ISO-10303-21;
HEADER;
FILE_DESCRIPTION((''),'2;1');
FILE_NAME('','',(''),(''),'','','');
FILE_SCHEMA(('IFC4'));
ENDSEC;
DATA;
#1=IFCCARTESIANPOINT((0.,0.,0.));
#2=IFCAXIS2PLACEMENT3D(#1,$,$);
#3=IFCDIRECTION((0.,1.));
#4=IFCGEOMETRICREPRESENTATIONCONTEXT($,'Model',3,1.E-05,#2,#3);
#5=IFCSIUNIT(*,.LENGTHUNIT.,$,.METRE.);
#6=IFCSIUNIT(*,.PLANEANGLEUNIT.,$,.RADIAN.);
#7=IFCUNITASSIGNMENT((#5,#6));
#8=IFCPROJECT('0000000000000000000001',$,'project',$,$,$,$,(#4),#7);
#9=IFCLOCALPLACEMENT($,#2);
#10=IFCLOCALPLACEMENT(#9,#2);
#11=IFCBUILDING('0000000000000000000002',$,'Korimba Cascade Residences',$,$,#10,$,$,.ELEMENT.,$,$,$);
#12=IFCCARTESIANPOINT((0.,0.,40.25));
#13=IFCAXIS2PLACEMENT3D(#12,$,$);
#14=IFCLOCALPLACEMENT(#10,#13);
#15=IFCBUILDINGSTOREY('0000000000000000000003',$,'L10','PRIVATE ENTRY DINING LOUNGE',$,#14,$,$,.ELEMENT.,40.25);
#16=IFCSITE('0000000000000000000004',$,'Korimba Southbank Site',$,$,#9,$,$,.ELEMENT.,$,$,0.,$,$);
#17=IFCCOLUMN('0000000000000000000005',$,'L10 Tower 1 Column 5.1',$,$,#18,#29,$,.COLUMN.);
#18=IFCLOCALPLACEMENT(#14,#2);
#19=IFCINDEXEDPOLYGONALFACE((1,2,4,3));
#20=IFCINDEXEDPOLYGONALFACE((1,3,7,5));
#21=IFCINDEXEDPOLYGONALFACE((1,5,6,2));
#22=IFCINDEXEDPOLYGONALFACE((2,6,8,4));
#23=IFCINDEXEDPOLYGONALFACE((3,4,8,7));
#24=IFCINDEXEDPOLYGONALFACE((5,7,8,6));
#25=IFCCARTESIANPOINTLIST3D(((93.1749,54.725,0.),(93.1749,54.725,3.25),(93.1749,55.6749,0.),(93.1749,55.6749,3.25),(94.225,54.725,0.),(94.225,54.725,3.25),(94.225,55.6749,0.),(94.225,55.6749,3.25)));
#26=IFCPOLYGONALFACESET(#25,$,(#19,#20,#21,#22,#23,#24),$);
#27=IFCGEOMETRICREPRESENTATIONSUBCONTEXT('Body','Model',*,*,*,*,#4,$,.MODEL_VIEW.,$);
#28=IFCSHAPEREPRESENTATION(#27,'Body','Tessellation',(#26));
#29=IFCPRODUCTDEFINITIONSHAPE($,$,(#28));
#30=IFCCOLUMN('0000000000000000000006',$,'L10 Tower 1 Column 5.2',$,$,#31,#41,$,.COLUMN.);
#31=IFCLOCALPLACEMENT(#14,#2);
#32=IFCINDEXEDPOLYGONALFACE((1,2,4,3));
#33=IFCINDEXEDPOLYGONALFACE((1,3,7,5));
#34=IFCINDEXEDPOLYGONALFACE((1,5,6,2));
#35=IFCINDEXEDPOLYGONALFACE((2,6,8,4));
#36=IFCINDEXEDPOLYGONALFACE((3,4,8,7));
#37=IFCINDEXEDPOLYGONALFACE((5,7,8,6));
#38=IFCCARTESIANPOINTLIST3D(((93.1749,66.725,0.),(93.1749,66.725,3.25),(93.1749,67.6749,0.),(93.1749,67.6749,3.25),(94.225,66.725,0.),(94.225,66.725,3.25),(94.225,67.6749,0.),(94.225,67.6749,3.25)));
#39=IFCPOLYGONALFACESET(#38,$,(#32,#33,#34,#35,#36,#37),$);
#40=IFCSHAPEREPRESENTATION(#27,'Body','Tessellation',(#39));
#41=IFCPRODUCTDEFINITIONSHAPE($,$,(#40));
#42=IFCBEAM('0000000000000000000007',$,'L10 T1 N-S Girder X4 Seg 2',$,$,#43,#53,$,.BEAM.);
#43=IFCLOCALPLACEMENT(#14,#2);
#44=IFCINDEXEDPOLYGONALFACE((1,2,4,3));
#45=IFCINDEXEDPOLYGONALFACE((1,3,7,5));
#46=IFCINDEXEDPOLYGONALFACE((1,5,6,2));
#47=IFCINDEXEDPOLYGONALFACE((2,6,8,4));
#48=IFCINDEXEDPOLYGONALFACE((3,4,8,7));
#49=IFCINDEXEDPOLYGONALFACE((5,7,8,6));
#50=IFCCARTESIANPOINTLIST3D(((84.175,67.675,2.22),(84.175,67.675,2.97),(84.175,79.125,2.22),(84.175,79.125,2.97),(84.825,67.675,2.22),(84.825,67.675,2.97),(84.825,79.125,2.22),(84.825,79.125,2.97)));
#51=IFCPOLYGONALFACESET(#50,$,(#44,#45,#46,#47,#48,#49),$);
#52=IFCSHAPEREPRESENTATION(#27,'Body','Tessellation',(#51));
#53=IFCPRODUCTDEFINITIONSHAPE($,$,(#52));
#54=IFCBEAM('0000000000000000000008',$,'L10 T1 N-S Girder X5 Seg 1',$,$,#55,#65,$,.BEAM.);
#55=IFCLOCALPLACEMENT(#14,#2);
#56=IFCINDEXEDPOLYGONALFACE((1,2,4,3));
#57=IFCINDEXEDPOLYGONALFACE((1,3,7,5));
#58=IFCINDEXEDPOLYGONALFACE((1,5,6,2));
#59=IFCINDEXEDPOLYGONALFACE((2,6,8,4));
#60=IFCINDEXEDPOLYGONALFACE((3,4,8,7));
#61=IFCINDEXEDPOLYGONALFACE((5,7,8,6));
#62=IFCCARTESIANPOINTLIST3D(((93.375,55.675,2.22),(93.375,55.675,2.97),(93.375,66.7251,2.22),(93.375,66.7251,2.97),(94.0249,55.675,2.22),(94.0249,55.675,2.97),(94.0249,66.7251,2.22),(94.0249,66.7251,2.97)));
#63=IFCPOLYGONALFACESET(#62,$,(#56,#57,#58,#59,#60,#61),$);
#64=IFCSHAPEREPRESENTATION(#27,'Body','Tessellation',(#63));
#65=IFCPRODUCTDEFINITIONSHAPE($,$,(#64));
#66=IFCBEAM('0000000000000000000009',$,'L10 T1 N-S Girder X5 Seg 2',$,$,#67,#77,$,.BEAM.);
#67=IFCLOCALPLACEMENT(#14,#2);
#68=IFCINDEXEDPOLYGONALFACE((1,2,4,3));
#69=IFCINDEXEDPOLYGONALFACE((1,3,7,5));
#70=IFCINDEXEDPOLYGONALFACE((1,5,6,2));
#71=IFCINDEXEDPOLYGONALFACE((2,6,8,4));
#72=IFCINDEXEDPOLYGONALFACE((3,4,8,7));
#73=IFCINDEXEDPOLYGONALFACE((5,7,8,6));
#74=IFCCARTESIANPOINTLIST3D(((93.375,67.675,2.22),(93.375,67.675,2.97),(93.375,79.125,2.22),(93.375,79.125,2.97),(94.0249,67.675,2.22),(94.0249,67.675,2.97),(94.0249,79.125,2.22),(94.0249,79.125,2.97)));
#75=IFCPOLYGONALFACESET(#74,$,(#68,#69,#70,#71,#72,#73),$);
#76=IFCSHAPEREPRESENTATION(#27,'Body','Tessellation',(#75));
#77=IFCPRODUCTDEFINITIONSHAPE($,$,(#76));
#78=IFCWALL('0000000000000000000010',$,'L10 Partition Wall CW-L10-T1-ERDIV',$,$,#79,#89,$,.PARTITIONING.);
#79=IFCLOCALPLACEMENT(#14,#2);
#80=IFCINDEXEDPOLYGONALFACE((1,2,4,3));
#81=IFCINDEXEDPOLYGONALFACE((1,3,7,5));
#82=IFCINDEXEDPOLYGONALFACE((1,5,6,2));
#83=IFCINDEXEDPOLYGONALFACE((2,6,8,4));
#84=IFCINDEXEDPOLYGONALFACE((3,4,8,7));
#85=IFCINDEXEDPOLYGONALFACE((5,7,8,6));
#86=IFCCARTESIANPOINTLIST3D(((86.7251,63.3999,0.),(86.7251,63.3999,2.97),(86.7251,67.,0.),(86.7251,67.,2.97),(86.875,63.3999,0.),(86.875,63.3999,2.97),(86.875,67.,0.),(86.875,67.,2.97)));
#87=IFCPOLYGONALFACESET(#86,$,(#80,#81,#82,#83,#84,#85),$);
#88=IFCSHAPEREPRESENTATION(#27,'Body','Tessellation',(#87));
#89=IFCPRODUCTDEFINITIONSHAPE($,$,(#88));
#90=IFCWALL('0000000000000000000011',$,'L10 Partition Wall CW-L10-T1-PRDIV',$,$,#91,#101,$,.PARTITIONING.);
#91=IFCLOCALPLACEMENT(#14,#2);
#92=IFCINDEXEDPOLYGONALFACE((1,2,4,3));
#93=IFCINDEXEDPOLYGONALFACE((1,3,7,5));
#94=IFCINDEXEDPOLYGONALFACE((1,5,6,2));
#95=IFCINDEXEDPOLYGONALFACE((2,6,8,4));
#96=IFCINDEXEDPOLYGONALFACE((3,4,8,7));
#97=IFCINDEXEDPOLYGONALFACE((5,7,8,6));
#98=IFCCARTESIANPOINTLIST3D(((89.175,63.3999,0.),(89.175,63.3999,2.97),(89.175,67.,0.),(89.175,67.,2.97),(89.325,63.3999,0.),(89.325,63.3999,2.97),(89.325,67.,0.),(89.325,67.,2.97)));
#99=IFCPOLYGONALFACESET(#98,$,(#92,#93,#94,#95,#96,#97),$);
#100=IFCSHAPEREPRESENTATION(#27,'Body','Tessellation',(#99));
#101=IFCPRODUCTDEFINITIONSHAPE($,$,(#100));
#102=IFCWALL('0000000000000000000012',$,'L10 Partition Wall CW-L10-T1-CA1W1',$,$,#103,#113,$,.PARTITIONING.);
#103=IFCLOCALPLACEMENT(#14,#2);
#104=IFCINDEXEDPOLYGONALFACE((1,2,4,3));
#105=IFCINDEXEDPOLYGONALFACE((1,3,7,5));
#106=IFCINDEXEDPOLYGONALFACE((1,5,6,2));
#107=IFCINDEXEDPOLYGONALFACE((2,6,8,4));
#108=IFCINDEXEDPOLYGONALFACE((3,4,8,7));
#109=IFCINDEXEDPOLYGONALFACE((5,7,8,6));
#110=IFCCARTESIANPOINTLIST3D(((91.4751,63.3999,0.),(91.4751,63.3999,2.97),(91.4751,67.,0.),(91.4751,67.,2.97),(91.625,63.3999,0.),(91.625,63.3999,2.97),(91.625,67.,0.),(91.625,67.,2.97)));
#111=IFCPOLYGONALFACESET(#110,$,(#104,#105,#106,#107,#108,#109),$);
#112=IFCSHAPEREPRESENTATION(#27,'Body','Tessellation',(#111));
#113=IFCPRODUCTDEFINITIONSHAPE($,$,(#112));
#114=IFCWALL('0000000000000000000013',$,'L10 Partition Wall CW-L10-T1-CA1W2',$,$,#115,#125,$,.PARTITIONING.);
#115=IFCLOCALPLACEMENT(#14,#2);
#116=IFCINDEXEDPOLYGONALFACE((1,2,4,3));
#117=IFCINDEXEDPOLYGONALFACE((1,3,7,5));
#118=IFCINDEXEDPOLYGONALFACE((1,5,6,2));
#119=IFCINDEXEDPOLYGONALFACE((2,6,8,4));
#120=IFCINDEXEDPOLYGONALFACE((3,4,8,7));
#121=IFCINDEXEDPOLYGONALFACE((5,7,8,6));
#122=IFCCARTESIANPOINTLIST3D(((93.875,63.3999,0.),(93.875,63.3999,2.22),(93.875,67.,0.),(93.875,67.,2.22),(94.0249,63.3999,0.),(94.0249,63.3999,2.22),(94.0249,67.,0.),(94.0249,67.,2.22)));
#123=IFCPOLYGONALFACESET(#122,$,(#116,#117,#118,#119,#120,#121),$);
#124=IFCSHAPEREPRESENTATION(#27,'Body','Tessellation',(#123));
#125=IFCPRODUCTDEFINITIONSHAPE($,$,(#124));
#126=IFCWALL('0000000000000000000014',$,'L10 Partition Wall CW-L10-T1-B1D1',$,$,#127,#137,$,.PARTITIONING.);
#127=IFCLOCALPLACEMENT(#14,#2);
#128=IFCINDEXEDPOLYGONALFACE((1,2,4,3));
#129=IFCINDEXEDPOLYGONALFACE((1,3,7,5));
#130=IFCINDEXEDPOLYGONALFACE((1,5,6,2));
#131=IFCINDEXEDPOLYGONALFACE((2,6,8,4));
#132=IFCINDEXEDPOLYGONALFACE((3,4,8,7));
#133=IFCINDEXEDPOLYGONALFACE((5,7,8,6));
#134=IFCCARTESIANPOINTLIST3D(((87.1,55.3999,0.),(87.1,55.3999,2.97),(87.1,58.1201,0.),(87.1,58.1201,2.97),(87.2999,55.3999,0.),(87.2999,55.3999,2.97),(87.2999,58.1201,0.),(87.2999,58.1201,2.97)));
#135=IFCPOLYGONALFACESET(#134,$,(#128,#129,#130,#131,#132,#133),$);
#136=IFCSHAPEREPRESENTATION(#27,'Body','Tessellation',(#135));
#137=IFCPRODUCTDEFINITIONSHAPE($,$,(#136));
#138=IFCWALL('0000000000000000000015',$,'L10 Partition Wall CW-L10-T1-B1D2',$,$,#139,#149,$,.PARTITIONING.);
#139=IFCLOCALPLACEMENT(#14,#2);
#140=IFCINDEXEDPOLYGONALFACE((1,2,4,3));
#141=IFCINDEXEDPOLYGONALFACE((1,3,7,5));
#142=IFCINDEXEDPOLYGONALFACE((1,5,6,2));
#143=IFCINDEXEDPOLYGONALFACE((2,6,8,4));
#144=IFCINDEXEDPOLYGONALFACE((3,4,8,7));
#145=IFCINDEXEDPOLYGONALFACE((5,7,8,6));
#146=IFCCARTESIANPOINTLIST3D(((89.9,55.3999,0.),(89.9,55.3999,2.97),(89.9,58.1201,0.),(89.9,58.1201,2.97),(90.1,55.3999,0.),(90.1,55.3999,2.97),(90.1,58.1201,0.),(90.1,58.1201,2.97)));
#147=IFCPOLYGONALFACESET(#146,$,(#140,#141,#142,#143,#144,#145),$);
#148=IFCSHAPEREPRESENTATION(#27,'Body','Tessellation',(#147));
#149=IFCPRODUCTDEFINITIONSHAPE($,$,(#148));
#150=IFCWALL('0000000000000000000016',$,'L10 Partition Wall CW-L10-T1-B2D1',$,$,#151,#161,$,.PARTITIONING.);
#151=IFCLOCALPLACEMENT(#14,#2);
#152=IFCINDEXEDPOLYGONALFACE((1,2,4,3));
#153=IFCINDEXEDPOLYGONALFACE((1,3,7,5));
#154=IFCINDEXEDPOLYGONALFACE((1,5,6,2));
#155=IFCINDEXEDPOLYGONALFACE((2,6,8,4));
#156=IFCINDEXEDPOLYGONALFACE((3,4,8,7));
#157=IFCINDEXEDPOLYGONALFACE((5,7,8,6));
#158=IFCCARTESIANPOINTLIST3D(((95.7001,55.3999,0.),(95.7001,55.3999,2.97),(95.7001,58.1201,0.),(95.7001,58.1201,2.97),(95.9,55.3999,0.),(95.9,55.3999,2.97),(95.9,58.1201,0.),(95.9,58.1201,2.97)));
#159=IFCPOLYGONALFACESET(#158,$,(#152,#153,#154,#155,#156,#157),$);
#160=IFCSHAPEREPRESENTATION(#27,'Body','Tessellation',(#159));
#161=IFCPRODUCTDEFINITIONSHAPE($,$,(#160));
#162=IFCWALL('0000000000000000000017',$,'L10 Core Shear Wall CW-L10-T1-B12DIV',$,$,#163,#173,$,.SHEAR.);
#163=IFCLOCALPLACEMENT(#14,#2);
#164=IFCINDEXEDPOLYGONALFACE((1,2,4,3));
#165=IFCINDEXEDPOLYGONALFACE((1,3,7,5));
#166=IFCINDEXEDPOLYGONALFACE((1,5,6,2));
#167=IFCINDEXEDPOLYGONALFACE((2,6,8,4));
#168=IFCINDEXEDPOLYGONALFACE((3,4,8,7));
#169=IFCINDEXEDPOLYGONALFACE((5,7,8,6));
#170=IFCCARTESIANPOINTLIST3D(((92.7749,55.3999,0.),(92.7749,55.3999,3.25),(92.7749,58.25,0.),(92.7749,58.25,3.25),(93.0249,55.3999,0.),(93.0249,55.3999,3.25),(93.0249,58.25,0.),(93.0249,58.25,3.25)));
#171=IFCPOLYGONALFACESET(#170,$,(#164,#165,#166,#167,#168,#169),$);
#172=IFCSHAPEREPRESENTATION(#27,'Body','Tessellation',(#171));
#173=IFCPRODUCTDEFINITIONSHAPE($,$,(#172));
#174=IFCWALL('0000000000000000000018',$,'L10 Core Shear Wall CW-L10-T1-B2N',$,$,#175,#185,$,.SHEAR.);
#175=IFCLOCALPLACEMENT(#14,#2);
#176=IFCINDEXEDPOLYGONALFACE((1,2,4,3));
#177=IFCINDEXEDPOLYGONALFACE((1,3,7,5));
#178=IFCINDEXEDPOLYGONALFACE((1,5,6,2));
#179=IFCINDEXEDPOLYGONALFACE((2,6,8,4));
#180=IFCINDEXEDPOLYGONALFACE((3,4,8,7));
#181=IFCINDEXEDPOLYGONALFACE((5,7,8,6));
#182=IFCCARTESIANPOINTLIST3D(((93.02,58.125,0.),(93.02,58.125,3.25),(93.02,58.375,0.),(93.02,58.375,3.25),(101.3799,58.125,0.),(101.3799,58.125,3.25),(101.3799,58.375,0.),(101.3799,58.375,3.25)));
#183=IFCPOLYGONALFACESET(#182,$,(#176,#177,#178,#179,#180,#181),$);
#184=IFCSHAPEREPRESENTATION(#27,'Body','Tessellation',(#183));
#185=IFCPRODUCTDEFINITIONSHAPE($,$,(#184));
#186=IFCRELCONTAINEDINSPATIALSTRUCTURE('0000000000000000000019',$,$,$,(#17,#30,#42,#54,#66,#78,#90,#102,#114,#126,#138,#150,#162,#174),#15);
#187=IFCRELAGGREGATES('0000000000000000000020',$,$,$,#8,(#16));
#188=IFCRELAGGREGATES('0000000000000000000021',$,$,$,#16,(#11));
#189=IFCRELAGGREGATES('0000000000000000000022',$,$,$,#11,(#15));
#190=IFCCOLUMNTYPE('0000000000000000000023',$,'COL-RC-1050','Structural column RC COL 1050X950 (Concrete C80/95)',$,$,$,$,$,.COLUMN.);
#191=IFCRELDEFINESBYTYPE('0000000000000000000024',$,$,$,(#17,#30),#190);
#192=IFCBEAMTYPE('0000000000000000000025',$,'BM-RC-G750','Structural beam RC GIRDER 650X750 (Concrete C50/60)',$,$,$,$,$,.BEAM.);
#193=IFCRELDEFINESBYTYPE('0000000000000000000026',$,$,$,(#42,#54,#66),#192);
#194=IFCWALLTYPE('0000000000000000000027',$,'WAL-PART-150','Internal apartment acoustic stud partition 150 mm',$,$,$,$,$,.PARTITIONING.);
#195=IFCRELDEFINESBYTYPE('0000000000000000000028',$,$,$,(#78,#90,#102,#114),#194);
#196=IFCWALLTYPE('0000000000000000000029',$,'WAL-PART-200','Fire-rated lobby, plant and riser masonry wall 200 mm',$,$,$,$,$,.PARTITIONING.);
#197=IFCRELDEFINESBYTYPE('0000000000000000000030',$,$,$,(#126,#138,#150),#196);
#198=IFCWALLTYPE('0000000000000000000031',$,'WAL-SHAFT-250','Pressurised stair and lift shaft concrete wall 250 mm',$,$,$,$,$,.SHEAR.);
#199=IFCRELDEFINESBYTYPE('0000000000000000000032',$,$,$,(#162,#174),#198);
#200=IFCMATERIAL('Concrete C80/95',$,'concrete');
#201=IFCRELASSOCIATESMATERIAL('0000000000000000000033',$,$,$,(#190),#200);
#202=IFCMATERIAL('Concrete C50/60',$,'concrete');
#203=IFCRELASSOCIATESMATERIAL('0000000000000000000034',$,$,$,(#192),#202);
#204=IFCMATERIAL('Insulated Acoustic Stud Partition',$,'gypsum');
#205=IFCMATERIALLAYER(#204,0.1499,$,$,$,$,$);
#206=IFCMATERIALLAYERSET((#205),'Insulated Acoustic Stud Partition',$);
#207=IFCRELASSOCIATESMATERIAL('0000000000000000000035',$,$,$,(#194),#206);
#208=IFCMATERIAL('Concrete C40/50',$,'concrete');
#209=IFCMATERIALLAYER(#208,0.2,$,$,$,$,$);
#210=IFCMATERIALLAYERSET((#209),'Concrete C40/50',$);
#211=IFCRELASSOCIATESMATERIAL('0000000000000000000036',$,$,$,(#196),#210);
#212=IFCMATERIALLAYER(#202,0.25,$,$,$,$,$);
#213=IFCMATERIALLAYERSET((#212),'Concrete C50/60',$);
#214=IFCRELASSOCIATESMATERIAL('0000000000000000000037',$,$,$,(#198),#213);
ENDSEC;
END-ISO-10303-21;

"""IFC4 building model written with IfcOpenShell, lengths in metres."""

from ifc_helpers import new_model, si_unit, direction, frame, frame_2d, origin, origin_2d, place, context, subcontext, project, spatial, rectangle, extrude, material, layer, layer_set, material_profile, profile_set, type_object, element, save


model = new_model("IFC4")

# Units and contexts
model_context = context("Model", 3, precision=1e-05, world=origin(), true_north=direction((0.0, 1.0)))
body_context = subcontext(model_context, "Body", "Model", "MODEL_VIEW")
ifc_project = project(units=[si_unit("LENGTHUNIT", "METRE"), si_unit("PLANEANGLEUNIT", "RADIAN")], contexts=[model_context])

# Site, building, storey
site_placement = place(None, origin())
site = spatial("IfcSite", under=ifc_project, at=site_placement, Name="Korimba Southbank Site", CompositionType="ELEMENT", RefElevation=0.0)
building_placement = place(site_placement, origin())
building = spatial("IfcBuilding", under=site, at=building_placement, Name="Korimba Cascade Residences", CompositionType="ELEMENT")
storey_placement = place(building_placement, frame((0.0, 0.0, 40.25)))
storey = spatial("IfcBuildingStorey", under=building, at=storey_placement, Name="L10", Description="PRIVATE ENTRY DINING LOUNGE", CompositionType="ELEMENT", Elevation=40.25)

# Columns
ifc_material_1 = material(Name="Concrete C80/95", Category="concrete")
ifc_material_profile_1 = material_profile(ifc_material_1, rectangle(XDim=1.05, YDim=0.95, at=origin_2d()), Name="Concrete C80/95")
ifc_profile_set_1 = profile_set([ifc_material_profile_1], Name="Concrete C80/95")
column_type = type_object("IfcColumnType", Name="COL-RC-1050", Description="Structural column RC COL 1050X950 (Concrete C80/95)", PredefinedType="COLUMN", material=ifc_profile_set_1)
for number, where, z_axis, x_axis, name in (
    (1, (93.7, 55.2, 0.0), (0.0, 0.0, 1.0), (1.0, 0.0, 0.0), "L10 Tower 1 Column 5.1"),
    (2, (93.7, 67.2, 0.0), (0.0, 0.0, 1.0), (1.0, 0.0, 0.0), "L10 Tower 1 Column 5.2"),
):
    element("IfcColumn", number, at=place(storey_placement, frame(where, z_axis=z_axis, x_axis=x_axis)), inside=storey, type_object=column_type, Name=name, PredefinedType="COLUMN", context=body_context, shape_type="SweptSolid", body=[
        extrude(rectangle(XDim=1.05, YDim=0.95, at=origin_2d()), origin(), (0.0, 0.0, 1.0), 3.25),
    ])

# Beams
ifc_material_2 = material(Name="Concrete C50/60", Category="concrete")
ifc_material_profile_2 = material_profile(ifc_material_2, rectangle(XDim=0.6499, YDim=0.75, at=origin_2d()), Name="Concrete C50/60")
ifc_profile_set_2 = profile_set([ifc_material_profile_2], Name="Concrete C50/60")
beam_type = type_object("IfcBeamType", Name="BM-RC-G750", Description="Structural beam RC GIRDER 650X750 (Concrete C50/60)", PredefinedType="BEAM", material=ifc_profile_set_2)
beam_1_placement = place(storey_placement, frame((84.5, 67.675, 2.595), z_axis=(0.0, 1.0, 0.0), x_axis=(-1.0, 0.0, 0.0)))
element("IfcBeam", 3, at=beam_1_placement, inside=storey, type_object=beam_type, Name="L10 T1 N-S Girder X4 Seg 2", PredefinedType="BEAM", context=body_context, shape_type="SweptSolid", body=[
    extrude(rectangle(XDim=0.6499, YDim=0.75, at=origin_2d()), origin(), (0.0, 0.0, 1.0), 11.45),
])
beam_2_placement = place(storey_placement, frame((93.7, 55.675, 2.595), z_axis=(0.0, 1.0, 0.0), x_axis=(-1.0, 0.0, 0.0)))
element("IfcBeam", 4, at=beam_2_placement, inside=storey, type_object=beam_type, Name="L10 T1 N-S Girder X5 Seg 1", PredefinedType="BEAM", context=body_context, shape_type="SweptSolid", body=[
    extrude(rectangle(XDim=0.6499, YDim=0.75, at=origin_2d()), origin(), (0.0, 0.0, 1.0), 11.05),
])
beam_3_placement = place(storey_placement, frame((93.7, 67.675, 2.595), z_axis=(0.0, 1.0, 0.0), x_axis=(-1.0, 0.0, 0.0)))
element("IfcBeam", 5, at=beam_3_placement, inside=storey, type_object=beam_type, Name="L10 T1 N-S Girder X5 Seg 2", PredefinedType="BEAM", context=body_context, shape_type="SweptSolid", body=[
    extrude(rectangle(XDim=0.6499, YDim=0.75, at=origin_2d()), origin(), (0.0, 0.0, 1.0), 11.45),
])

# Walls
ifc_material_3 = material(Name="Insulated Acoustic Stud Partition", Category="gypsum")
ifc_layer_1 = layer(ifc_material_3, 0.1499)
ifc_layer_set_1 = layer_set([ifc_layer_1], Name="Insulated Acoustic Stud Partition")
wall_type_1 = type_object("IfcWallType", Name="WAL-PART-150", Description="Internal apartment acoustic stud partition 150 mm", PredefinedType="PARTITIONING", material=ifc_layer_set_1)
for number, where, z_axis, x_axis, name in (
    (6, (86.8, 63.3999, 0.0), (0.0, 0.0, 1.0), (0.0, 1.0, 0.0), "L10 Partition Wall CW-L10-T1-ERDIV"),
    (7, (89.25, 63.3999, 0.0), (0.0, 0.0, 1.0), (0.0, 1.0, 0.0), "L10 Partition Wall CW-L10-T1-PRDIV"),
    (8, (91.55, 63.3999, 0.0), (0.0, 0.0, 1.0), (0.0, 1.0, 0.0), "L10 Partition Wall CW-L10-T1-CA1W1"),
):
    element("IfcWall", number, at=place(storey_placement, frame(where, z_axis=z_axis, x_axis=x_axis)), inside=storey, type_object=wall_type_1, Name=name, PredefinedType="PARTITIONING", context=body_context, shape_type="SweptSolid", body=[
        extrude(rectangle(XDim=3.6001, YDim=0.1499, at=frame_2d((1.8, 0.0))), origin(), (0.0, 0.0, 1.0), 2.97),
    ])
wall_1_placement = place(storey_placement, frame((93.95, 63.3999, 0.0), z_axis=(0.0, 0.0, 1.0), x_axis=(0.0, 1.0, 0.0)))
element("IfcWall", 9, at=wall_1_placement, inside=storey, type_object=wall_type_1, Name="L10 Partition Wall CW-L10-T1-CA1W2", PredefinedType="PARTITIONING", context=body_context, shape_type="SweptSolid", body=[
    extrude(rectangle(XDim=3.6001, YDim=0.1499, at=frame_2d((1.8, 0.0))), origin(), (0.0, 0.0, 1.0), 2.22),
])
ifc_material_4 = material(Name="Concrete C40/50", Category="concrete")
ifc_layer_2 = layer(ifc_material_4, 0.2)
ifc_layer_set_2 = layer_set([ifc_layer_2], Name="Concrete C40/50")
wall_type_2 = type_object("IfcWallType", Name="WAL-PART-200", Description="Fire-rated lobby, plant and riser masonry wall 200 mm", PredefinedType="PARTITIONING", material=ifc_layer_set_2)
for number, where, z_axis, x_axis, name in (
    (10, (87.2, 55.3999, 0.0), (0.0, 0.0, 1.0), (0.0, 1.0, 0.0), "L10 Partition Wall CW-L10-T1-B1D1"),
    (11, (90.0, 55.3999, 0.0), (0.0, 0.0, 1.0), (0.0, 1.0, 0.0), "L10 Partition Wall CW-L10-T1-B1D2"),
    (12, (95.8, 55.3999, 0.0), (0.0, 0.0, 1.0), (0.0, 1.0, 0.0), "L10 Partition Wall CW-L10-T1-B2D1"),
):
    element("IfcWall", number, at=place(storey_placement, frame(where, z_axis=z_axis, x_axis=x_axis)), inside=storey, type_object=wall_type_2, Name=name, PredefinedType="PARTITIONING", context=body_context, shape_type="SweptSolid", body=[
        extrude(rectangle(XDim=2.7202, YDim=0.2, at=frame_2d((1.3601, 0.0))), origin(), (0.0, 0.0, 1.0), 2.97),
    ])
ifc_layer_3 = layer(ifc_material_2, 0.25)
ifc_layer_set_3 = layer_set([ifc_layer_3], Name="Concrete C50/60")
wall_type_3 = type_object("IfcWallType", Name="WAL-SHAFT-250", Description="Pressurised stair and lift shaft concrete wall 250 mm", PredefinedType="SHEAR", material=ifc_layer_set_3)
wall_2_placement = place(storey_placement, frame((92.8999, 55.3999, 0.0), z_axis=(0.0, 0.0, 1.0), x_axis=(0.0, 1.0, 0.0)))
element("IfcWall", 13, at=wall_2_placement, inside=storey, type_object=wall_type_3, Name="L10 Core Shear Wall CW-L10-T1-B12DIV", PredefinedType="SHEAR", context=body_context, shape_type="SweptSolid", body=[
    extrude(rectangle(XDim=2.8501, YDim=0.25, at=frame_2d((1.425, 0.0))), origin(), (0.0, 0.0, 1.0), 3.25),
])
wall_3_placement = place(storey_placement, frame((93.02, 58.25, 0.0), z_axis=(0.0, 0.0, 1.0), x_axis=(1.0, 0.0, 0.0)))
element("IfcWall", 14, at=wall_3_placement, inside=storey, type_object=wall_type_3, Name="L10 Core Shear Wall CW-L10-T1-B2N", PredefinedType="SHEAR", context=body_context, shape_type="SweptSolid", body=[
    extrude(rectangle(XDim=8.3599, YDim=0.25, at=frame_2d((4.1799, 0.0))), origin(), (0.0, 0.0, 1.0), 3.25),
])

save(model, "model.ifc")
